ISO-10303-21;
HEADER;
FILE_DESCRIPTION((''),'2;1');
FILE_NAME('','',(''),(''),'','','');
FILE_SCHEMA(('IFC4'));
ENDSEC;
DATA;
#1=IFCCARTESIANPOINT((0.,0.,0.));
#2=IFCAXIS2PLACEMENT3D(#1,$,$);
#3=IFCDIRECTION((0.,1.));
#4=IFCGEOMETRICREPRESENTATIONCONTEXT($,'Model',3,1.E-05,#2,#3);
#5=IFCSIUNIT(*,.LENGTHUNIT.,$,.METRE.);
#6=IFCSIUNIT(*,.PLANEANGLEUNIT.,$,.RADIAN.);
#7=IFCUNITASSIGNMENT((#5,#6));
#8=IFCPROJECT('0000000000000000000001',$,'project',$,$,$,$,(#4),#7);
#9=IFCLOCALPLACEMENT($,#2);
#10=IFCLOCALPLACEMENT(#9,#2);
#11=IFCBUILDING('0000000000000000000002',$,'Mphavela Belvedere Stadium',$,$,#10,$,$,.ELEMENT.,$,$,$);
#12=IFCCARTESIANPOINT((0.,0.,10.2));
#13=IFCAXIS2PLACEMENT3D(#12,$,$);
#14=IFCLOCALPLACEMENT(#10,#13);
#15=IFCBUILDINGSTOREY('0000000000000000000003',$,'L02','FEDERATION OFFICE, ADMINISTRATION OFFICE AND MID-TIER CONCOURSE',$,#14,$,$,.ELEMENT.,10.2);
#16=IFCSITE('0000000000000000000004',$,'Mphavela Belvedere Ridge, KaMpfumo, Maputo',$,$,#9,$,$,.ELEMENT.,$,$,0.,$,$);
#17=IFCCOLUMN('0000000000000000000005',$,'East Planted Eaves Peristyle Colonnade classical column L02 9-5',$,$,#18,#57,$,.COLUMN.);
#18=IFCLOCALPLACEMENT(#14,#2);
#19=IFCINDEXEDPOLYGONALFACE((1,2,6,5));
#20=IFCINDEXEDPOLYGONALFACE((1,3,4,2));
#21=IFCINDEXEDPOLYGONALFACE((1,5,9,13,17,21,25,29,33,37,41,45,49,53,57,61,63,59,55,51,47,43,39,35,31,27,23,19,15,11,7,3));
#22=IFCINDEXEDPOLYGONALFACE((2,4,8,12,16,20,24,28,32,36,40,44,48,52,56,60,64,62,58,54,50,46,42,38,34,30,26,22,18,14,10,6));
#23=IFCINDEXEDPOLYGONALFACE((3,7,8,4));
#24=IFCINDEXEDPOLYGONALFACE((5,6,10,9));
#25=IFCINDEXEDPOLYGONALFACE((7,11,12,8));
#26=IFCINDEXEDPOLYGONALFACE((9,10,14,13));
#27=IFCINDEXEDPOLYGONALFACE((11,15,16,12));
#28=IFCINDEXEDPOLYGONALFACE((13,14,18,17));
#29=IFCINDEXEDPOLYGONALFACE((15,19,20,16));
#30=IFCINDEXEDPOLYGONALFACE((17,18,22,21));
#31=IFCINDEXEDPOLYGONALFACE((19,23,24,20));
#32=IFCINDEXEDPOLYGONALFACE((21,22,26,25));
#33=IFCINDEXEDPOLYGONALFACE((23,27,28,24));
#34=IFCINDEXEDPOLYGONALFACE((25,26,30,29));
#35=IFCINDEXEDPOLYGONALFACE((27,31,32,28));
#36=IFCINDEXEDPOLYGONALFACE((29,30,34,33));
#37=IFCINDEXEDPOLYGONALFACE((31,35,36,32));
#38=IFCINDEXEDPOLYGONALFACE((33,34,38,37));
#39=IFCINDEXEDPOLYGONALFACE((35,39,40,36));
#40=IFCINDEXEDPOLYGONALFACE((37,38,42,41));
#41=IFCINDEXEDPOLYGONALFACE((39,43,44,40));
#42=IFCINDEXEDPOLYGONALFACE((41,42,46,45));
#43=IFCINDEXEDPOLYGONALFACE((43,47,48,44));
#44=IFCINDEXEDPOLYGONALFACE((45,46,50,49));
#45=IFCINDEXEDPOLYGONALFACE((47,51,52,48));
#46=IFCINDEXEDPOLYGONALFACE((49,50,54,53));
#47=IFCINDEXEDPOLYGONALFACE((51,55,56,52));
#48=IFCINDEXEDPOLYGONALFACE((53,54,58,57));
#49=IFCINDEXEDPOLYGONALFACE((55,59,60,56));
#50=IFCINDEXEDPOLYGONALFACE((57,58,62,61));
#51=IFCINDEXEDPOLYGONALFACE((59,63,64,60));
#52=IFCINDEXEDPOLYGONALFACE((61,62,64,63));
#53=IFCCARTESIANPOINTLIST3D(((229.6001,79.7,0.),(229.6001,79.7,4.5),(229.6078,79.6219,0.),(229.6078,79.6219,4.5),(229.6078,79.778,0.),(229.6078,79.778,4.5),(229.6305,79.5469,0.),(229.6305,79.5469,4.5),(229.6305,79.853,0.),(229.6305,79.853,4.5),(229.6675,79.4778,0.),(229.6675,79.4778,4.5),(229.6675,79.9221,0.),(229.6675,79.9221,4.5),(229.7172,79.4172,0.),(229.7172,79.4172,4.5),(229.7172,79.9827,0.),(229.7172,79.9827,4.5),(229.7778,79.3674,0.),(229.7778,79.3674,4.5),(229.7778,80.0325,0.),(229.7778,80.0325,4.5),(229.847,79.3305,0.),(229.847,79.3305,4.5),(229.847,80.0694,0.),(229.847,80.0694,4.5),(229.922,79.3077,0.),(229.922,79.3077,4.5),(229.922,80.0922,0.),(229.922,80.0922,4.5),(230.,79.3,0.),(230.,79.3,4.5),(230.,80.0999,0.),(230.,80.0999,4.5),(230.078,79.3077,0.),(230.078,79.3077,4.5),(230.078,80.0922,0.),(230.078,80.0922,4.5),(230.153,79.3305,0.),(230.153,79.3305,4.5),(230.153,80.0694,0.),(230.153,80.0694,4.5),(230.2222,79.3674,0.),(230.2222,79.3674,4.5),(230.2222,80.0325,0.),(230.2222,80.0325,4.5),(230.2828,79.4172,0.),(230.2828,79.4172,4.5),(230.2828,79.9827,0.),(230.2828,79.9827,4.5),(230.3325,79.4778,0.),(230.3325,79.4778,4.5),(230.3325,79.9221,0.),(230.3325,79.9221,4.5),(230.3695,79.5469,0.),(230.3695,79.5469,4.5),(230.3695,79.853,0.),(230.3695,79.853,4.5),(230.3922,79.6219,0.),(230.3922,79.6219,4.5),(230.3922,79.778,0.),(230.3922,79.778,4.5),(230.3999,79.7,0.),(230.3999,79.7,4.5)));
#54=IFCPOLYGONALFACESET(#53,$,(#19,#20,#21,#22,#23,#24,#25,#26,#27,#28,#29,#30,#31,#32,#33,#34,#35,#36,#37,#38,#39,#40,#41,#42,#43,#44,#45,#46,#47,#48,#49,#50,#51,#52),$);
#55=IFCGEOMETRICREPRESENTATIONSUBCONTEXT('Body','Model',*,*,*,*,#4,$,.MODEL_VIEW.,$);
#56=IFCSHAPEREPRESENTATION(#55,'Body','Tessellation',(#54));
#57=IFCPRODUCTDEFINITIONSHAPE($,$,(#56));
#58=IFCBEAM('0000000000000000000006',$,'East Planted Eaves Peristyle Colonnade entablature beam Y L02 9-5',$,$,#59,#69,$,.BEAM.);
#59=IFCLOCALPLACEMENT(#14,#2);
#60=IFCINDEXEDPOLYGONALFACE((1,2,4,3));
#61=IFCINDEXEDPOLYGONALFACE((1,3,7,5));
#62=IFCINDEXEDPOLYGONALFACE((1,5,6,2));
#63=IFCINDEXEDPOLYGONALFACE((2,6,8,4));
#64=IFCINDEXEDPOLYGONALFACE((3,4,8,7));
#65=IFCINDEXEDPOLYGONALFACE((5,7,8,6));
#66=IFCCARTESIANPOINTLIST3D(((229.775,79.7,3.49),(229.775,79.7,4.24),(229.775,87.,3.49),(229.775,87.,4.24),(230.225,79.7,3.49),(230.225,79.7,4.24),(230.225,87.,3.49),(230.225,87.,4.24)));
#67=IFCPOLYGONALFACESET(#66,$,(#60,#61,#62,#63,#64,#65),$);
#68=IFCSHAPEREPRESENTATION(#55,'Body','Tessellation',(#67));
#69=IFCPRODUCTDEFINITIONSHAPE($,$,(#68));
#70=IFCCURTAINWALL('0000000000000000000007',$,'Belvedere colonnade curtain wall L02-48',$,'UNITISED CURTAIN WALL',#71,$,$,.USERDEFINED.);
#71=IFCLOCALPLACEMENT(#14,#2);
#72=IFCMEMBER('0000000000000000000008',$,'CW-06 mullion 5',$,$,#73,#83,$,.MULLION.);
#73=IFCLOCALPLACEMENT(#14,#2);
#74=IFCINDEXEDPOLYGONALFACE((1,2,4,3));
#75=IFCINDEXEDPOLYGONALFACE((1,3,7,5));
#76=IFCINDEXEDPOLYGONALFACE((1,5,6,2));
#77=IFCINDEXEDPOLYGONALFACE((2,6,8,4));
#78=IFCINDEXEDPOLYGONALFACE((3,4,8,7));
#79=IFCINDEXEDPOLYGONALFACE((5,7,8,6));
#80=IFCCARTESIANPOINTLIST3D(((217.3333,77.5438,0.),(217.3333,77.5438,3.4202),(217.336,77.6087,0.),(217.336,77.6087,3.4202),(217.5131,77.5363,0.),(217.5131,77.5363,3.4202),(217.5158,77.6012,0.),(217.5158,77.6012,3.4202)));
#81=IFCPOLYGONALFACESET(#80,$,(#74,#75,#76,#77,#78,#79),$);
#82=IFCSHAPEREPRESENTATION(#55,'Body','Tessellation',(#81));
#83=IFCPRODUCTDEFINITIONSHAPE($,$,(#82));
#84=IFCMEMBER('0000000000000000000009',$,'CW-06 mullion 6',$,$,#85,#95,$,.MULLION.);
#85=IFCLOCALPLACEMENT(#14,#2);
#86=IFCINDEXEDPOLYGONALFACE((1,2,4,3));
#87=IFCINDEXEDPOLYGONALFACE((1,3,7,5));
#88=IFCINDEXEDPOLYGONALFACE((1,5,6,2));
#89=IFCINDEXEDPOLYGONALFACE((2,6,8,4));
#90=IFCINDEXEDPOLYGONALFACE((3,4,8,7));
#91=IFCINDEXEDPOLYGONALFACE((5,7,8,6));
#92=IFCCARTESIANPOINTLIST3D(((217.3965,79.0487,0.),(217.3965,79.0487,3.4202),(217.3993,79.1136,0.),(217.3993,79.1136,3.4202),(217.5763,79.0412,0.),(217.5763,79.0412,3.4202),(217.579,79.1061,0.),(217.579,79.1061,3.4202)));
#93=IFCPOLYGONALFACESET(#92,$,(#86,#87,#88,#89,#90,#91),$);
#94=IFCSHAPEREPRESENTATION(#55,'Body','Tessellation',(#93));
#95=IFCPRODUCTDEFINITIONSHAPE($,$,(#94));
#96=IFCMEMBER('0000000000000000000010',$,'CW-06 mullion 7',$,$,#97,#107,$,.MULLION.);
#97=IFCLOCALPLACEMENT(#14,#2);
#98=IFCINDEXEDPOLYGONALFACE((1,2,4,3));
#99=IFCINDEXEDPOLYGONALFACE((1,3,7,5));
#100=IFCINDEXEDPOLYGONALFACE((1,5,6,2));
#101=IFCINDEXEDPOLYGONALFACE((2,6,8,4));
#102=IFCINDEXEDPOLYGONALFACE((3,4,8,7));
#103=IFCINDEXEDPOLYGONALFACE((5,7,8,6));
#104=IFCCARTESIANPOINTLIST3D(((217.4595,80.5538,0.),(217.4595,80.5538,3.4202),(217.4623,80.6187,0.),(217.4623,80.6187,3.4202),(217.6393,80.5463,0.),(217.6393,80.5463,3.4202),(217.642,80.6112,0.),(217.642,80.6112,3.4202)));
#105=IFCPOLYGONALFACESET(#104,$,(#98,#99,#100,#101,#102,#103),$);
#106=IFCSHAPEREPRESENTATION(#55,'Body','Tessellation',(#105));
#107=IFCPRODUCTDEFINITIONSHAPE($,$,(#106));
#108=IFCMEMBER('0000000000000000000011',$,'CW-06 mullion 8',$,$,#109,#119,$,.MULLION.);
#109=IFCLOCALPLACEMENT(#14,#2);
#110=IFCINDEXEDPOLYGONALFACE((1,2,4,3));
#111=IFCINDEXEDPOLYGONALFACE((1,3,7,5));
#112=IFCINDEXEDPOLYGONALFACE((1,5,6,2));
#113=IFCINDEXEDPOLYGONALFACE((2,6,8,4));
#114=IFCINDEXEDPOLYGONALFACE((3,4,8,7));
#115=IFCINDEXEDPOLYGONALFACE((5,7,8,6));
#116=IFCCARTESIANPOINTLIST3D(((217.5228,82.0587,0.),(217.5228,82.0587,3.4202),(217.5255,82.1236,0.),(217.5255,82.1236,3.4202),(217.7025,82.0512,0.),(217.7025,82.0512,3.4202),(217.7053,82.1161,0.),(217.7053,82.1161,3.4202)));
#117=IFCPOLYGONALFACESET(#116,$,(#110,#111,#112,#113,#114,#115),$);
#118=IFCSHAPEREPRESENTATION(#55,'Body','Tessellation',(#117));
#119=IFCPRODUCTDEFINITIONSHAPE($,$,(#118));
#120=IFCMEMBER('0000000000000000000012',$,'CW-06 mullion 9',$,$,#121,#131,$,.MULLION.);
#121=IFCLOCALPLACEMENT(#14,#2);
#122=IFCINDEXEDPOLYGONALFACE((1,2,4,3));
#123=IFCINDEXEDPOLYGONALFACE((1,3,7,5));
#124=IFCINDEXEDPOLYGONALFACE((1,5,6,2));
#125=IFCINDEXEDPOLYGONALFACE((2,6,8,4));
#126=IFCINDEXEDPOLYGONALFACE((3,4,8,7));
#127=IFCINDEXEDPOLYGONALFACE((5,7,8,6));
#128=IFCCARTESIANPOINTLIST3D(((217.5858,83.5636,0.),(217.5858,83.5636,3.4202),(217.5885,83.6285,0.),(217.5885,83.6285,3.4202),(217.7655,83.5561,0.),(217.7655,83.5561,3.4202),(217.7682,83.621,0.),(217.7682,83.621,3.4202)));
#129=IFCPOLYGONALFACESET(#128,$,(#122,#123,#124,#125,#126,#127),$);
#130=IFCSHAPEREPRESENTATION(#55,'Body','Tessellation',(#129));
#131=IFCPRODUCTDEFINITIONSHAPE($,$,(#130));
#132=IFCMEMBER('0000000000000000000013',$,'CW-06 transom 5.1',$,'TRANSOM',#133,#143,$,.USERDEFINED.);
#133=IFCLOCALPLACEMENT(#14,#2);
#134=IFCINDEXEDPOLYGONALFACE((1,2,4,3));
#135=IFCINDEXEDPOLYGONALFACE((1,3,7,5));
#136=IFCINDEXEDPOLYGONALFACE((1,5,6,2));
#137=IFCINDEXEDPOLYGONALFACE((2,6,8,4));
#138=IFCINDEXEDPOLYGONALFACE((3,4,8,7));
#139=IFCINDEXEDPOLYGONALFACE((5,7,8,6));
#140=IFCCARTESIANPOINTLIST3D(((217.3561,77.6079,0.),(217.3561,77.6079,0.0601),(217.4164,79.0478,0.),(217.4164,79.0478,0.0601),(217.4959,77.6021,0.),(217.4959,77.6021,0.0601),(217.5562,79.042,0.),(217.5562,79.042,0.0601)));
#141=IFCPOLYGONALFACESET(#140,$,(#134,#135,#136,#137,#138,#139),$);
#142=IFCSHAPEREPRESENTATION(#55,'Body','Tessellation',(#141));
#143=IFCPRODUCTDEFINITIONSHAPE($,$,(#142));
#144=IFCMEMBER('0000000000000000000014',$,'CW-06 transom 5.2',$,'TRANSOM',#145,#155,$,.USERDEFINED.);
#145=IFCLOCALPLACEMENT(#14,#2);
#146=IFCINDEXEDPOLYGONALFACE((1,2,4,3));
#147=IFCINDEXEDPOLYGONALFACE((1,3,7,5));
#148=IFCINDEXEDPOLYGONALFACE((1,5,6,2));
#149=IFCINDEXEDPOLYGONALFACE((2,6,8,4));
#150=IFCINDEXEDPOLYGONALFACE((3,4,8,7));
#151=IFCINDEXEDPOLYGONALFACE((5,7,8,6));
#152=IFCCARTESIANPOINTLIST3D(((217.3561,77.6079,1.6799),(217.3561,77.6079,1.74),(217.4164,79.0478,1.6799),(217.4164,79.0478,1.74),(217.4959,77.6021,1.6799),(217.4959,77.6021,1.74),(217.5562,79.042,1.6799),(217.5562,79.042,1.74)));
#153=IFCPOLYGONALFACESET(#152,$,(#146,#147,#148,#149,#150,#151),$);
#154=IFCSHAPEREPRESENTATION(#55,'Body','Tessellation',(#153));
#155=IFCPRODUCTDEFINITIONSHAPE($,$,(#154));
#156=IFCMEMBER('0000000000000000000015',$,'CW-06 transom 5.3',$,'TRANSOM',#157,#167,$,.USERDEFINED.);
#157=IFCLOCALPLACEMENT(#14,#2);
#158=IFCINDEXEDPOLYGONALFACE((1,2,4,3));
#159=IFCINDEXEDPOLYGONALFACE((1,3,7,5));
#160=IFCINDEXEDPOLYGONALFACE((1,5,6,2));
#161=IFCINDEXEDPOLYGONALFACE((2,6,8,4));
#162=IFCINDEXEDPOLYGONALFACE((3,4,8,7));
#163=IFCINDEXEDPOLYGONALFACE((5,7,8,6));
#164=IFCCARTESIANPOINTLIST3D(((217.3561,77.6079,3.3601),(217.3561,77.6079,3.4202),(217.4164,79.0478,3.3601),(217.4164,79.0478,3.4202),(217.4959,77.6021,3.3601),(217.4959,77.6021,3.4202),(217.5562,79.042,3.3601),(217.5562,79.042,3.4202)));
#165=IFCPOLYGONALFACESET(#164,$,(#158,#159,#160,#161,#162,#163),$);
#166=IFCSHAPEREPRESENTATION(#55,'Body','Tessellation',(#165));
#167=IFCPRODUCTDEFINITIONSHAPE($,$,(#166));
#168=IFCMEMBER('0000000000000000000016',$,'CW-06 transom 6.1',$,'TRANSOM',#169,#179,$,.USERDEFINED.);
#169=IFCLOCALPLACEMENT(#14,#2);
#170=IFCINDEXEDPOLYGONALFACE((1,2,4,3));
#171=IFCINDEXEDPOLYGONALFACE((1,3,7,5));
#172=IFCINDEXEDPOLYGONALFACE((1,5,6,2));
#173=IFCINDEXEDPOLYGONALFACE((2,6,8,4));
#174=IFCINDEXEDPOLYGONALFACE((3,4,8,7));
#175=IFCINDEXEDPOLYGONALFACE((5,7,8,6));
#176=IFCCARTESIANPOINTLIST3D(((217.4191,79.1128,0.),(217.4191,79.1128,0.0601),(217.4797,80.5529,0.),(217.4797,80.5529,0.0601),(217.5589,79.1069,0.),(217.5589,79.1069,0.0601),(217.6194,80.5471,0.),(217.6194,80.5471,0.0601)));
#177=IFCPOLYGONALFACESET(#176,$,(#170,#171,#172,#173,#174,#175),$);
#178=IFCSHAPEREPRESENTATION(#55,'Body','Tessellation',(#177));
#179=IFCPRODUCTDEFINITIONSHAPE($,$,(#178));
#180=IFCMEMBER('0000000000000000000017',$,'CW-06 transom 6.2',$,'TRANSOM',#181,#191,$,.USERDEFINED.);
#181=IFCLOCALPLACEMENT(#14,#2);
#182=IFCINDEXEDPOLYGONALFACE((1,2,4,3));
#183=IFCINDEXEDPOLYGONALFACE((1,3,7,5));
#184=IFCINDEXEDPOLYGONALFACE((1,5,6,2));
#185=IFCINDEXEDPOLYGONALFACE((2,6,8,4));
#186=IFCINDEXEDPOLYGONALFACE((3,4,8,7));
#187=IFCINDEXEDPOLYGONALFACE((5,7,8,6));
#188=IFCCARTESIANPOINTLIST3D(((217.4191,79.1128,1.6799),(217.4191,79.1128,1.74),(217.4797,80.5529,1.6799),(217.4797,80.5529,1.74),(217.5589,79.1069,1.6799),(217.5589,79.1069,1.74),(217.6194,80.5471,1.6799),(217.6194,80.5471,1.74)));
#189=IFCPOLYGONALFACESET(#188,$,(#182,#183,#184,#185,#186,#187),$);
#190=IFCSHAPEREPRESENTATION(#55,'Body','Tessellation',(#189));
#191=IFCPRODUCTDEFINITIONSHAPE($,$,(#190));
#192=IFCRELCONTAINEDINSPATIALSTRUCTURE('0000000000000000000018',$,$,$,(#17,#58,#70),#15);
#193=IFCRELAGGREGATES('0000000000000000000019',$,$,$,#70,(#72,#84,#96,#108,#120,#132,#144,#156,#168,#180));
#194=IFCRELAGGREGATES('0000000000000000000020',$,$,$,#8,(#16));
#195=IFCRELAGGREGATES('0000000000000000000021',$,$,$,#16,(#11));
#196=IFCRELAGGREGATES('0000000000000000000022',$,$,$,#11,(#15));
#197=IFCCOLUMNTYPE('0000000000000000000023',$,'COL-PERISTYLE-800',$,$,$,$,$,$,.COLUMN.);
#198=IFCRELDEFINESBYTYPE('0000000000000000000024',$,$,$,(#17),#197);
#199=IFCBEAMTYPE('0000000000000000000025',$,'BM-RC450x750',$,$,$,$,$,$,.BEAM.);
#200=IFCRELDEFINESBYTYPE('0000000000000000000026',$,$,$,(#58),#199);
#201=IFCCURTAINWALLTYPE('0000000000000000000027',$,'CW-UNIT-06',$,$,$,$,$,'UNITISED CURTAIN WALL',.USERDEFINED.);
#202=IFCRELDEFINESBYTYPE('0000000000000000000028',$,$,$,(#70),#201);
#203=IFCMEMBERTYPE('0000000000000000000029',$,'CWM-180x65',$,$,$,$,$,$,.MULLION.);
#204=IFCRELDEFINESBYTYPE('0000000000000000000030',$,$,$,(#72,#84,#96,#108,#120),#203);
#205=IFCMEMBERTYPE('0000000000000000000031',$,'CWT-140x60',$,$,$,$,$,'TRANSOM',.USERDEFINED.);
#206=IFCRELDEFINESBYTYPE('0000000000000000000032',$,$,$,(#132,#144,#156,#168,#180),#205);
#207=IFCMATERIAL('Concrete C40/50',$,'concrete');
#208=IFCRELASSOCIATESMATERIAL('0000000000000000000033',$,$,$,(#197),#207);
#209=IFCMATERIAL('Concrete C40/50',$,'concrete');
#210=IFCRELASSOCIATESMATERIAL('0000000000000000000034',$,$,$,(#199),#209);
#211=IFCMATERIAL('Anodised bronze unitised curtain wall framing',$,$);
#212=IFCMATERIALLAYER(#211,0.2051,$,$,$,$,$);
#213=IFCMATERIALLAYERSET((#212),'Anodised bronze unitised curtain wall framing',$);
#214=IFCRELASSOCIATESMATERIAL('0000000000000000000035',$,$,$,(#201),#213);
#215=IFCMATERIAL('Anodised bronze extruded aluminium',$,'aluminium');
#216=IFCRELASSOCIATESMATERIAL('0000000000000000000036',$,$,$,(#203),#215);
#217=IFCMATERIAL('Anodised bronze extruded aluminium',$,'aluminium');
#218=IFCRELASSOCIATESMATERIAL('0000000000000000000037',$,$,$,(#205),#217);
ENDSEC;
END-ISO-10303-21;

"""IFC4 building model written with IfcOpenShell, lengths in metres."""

from ifc_helpers import new_model, si_unit, direction, frame, origin, origin_2d, place, context, subcontext, project, spatial, rectangle, circle, extrude, material, layer, layer_set, material_profile, profile_set, type_object, element, aggregate, save


model = new_model("IFC4")

# Units and contexts
model_context = context("Model", 3, precision=1e-05, world=origin(), true_north=direction((0.0, 1.0)))
body_context = subcontext(model_context, "Body", "Model", "MODEL_VIEW")
ifc_project = project(units=[si_unit("LENGTHUNIT", "METRE"), si_unit("PLANEANGLEUNIT", "RADIAN")], contexts=[model_context])

# Site, building, storey
site_placement = place(None, origin())
site = spatial("IfcSite", under=ifc_project, at=site_placement, Name="Mphavela Belvedere Ridge, KaMpfumo, Maputo", CompositionType="ELEMENT", RefElevation=0.0)
building_placement = place(site_placement, origin())
building = spatial("IfcBuilding", under=site, at=building_placement, Name="Mphavela Belvedere Stadium", CompositionType="ELEMENT")
storey_placement = place(building_placement, frame((0.0, 0.0, 10.2)))
storey = spatial("IfcBuildingStorey", under=building, at=storey_placement, Name="L02", Description="FEDERATION OFFICE, ADMINISTRATION OFFICE AND MID-TIER CONCOURSE", CompositionType="ELEMENT", Elevation=10.2)

# Column
ifc_material_1 = material(Name="Concrete C40/50", Category="concrete")
ifc_material_profile_1 = material_profile(ifc_material_1, circle(Radius=0.3999, at=origin_2d()), Name="COL D800")
ifc_profile_set_1 = profile_set([ifc_material_profile_1], Name="Concrete C40/50")
column_type = type_object("IfcColumnType", Name="COL-PERISTYLE-800", PredefinedType="COLUMN", material=ifc_profile_set_1)
column_placement = place(storey_placement, frame((230.0, 79.7, 0.0), z_axis=(0.0, 0.0, 1.0), x_axis=(1.0, 0.0, 0.0)))
element("IfcColumn", 1, at=column_placement, inside=storey, type_object=column_type, Name="East Planted Eaves Peristyle Colonnade classical column L02 9-5", PredefinedType="COLUMN", context=body_context, shape_type="SweptSolid", body=[
    extrude(circle(Radius=0.3999, at=origin_2d()), origin(), (0.0, 0.0, 1.0), 4.5),
])

# Beam
ifc_material_2 = material(Name="Concrete C40/50", Category="concrete")
ifc_material_profile_2 = material_profile(ifc_material_2, rectangle(XDim=0.45, YDim=0.75, at=origin_2d()), Name="RC 450x750")
ifc_profile_set_2 = profile_set([ifc_material_profile_2], Name="Concrete C40/50")
beam_type = type_object("IfcBeamType", Name="BM-RC450x750", PredefinedType="BEAM", material=ifc_profile_set_2)
beam_placement = place(storey_placement, frame((230.0, 79.7, 3.865), z_axis=(0.0, 1.0, 0.0), x_axis=(-1.0, 0.0, 0.0)))
element("IfcBeam", 2, at=beam_placement, inside=storey, type_object=beam_type, Name="East Planted Eaves Peristyle Colonnade entablature beam Y L02 9-5", PredefinedType="BEAM", context=body_context, shape_type="SweptSolid", body=[
    extrude(rectangle(XDim=0.45, YDim=0.75, at=origin_2d()), origin(), (0.0, 0.0, 1.0), 7.3),
])

# Curtain wall, members
ifc_material_3 = material(Name="Anodised bronze unitised curtain wall framing")
ifc_layer_1 = layer(ifc_material_3, 0.2051)
ifc_layer_set_1 = layer_set([ifc_layer_1], Name="Anodised bronze unitised curtain wall framing")
curtain_wall_type = type_object("IfcCurtainWallType", Name="CW-UNIT-06", ElementType="UNITISED CURTAIN WALL", PredefinedType="USERDEFINED", material=ifc_layer_set_1)
curtain_wall_placement = place(storey_placement, origin())
curtain_wall = element("IfcCurtainWall", 3, at=curtain_wall_placement, inside=storey, type_object=curtain_wall_type, Name="Belvedere colonnade curtain wall L02-48", ObjectType="UNITISED CURTAIN WALL", PredefinedType="USERDEFINED")
ifc_material_4 = material(Name="Anodised bronze extruded aluminium", Category="aluminium")
ifc_material_profile_3 = material_profile(ifc_material_4, rectangle(XDim=0.1799, YDim=0.0649, at=origin_2d()), Name="CW-MUL 180x65")
ifc_profile_set_3 = profile_set([ifc_material_profile_3], Name="Anodised bronze extruded aluminium")
member_type_1 = type_object("IfcMemberType", Name="CWM-180x65", PredefinedType="MULLION", material=ifc_profile_set_3)
member_1_placement = place(storey_placement, frame((217.4246, 77.5725, 0.0), z_axis=(0.0, 0.0, 1.0), x_axis=(-0.999122, 0.041904, 0.0)))
member_1 = element("IfcMember", 4, at=member_1_placement, type_object=member_type_1, Name="CW-06 mullion 5", PredefinedType="MULLION", context=body_context, shape_type="SweptSolid", body=[
    extrude(rectangle(XDim=0.1799, YDim=0.0649, at=origin_2d()), origin(), (0.0, 0.0, 1.0), 3.4202),
])
member_2_placement = place(storey_placement, frame((217.4878, 79.0774, 0.0), z_axis=(0.0, 0.0, 1.0), x_axis=(-0.999122, 0.041904, 0.0)))
member_2 = element("IfcMember", 5, at=member_2_placement, type_object=member_type_1, Name="CW-06 mullion 6", PredefinedType="MULLION", context=body_context, shape_type="SweptSolid", body=[
    extrude(rectangle(XDim=0.1799, YDim=0.0649, at=origin_2d()), origin(), (0.0, 0.0, 1.0), 3.4202),
])
member_3_placement = place(storey_placement, frame((217.5508, 80.5825, 0.0), z_axis=(0.0, 0.0, 1.0), x_axis=(-0.999122, 0.041904, 0.0)))
member_3 = element("IfcMember", 6, at=member_3_placement, type_object=member_type_1, Name="CW-06 mullion 7", PredefinedType="MULLION", context=body_context, shape_type="SweptSolid", body=[
    extrude(rectangle(XDim=0.1799, YDim=0.0649, at=origin_2d()), origin(), (0.0, 0.0, 1.0), 3.4202),
])
member_4_placement = place(storey_placement, frame((217.614, 82.0874, 0.0), z_axis=(0.0, 0.0, 1.0), x_axis=(-0.999122, 0.041904, 0.0)))
member_4 = element("IfcMember", 7, at=member_4_placement, type_object=member_type_1, Name="CW-06 mullion 8", PredefinedType="MULLION", context=body_context, shape_type="SweptSolid", body=[
    extrude(rectangle(XDim=0.1799, YDim=0.0649, at=origin_2d()), origin(), (0.0, 0.0, 1.0), 3.4202),
])
member_5_placement = place(storey_placement, frame((217.677, 83.5923, 0.0), z_axis=(0.0, 0.0, 1.0), x_axis=(-0.999122, 0.041904, 0.0)))
member_5 = element("IfcMember", 8, at=member_5_placement, type_object=member_type_1, Name="CW-06 mullion 9", PredefinedType="MULLION", context=body_context, shape_type="SweptSolid", body=[
    extrude(rectangle(XDim=0.1799, YDim=0.0649, at=origin_2d()), origin(), (0.0, 0.0, 1.0), 3.4202),
])
ifc_material_5 = material(Name="Anodised bronze extruded aluminium", Category="aluminium")
ifc_material_profile_4 = material_profile(ifc_material_5, rectangle(XDim=0.1399, YDim=0.0601, at=origin_2d()), Name="CW-TRN 140x60")
ifc_profile_set_4 = profile_set([ifc_material_profile_4], Name="Anodised bronze extruded aluminium")
member_type_2 = type_object("IfcMemberType", Name="CWT-140x60", ElementType="TRANSOM", PredefinedType="USERDEFINED", material=ifc_profile_set_4)
member_6_placement = place(storey_placement, frame((217.426, 77.605, 0.03), z_axis=(0.041842, 0.999124, 0.0), x_axis=(-0.999124, 0.041842, 0.0)))
member_6 = element("IfcMember", 9, at=member_6_placement, type_object=member_type_2, Name="CW-06 transom 5.1", ObjectType="TRANSOM", PredefinedType="USERDEFINED", context=body_context, shape_type="SweptSolid", body=[
    extrude(rectangle(XDim=0.1399, YDim=0.0601, at=origin_2d()), origin(), (0.0, 0.0, 1.0), 1.4412),
])
member_7_placement = place(storey_placement, frame((217.426, 77.605, 1.71), z_axis=(0.041842, 0.999124, 0.0), x_axis=(-0.999124, 0.041842, 0.0)))
member_7 = element("IfcMember", 10, at=member_7_placement, type_object=member_type_2, Name="CW-06 transom 5.2", ObjectType="TRANSOM", PredefinedType="USERDEFINED", context=body_context, shape_type="SweptSolid", body=[
    extrude(rectangle(XDim=0.1399, YDim=0.0601, at=origin_2d()), origin(), (0.0, 0.0, 1.0), 1.4412),
])
member_8_placement = place(storey_placement, frame((217.426, 77.605, 3.3901), z_axis=(0.041842, 0.999124, 0.0), x_axis=(-0.999124, 0.041842, 0.0)))
member_8 = element("IfcMember", 11, at=member_8_placement, type_object=member_type_2, Name="CW-06 transom 5.3", ObjectType="TRANSOM", PredefinedType="USERDEFINED", context=body_context, shape_type="SweptSolid", body=[
    extrude(rectangle(XDim=0.1399, YDim=0.0601, at=origin_2d()), origin(), (0.0, 0.0, 1.0), 1.4412),
])
member_9_placement = place(storey_placement, frame((217.489, 79.1099, 0.03), z_axis=(0.042004, 0.999117, 0.0), x_axis=(-0.999117, 0.042004, 0.0)))
member_9 = element("IfcMember", 12, at=member_9_placement, type_object=member_type_2, Name="CW-06 transom 6.1", ObjectType="TRANSOM", PredefinedType="USERDEFINED", context=body_context, shape_type="SweptSolid", body=[
    extrude(rectangle(XDim=0.1399, YDim=0.0601, at=origin_2d()), origin(), (0.0, 0.0, 1.0), 1.4414),
])
member_10_placement = place(storey_placement, frame((217.489, 79.1099, 1.71), z_axis=(0.042004, 0.999117, 0.0), x_axis=(-0.999117, 0.042004, 0.0)))
member_10 = element("IfcMember", 13, at=member_10_placement, type_object=member_type_2, Name="CW-06 transom 6.2", ObjectType="TRANSOM", PredefinedType="USERDEFINED", context=body_context, shape_type="SweptSolid", body=[
    extrude(rectangle(XDim=0.1399, YDim=0.0601, at=origin_2d()), origin(), (0.0, 0.0, 1.0), 1.4414),
])
aggregate(curtain_wall, [member_1, member_2, member_3, member_4, member_5, member_6, member_7, member_8, member_9, member_10])

save(model, "model.ifc")
